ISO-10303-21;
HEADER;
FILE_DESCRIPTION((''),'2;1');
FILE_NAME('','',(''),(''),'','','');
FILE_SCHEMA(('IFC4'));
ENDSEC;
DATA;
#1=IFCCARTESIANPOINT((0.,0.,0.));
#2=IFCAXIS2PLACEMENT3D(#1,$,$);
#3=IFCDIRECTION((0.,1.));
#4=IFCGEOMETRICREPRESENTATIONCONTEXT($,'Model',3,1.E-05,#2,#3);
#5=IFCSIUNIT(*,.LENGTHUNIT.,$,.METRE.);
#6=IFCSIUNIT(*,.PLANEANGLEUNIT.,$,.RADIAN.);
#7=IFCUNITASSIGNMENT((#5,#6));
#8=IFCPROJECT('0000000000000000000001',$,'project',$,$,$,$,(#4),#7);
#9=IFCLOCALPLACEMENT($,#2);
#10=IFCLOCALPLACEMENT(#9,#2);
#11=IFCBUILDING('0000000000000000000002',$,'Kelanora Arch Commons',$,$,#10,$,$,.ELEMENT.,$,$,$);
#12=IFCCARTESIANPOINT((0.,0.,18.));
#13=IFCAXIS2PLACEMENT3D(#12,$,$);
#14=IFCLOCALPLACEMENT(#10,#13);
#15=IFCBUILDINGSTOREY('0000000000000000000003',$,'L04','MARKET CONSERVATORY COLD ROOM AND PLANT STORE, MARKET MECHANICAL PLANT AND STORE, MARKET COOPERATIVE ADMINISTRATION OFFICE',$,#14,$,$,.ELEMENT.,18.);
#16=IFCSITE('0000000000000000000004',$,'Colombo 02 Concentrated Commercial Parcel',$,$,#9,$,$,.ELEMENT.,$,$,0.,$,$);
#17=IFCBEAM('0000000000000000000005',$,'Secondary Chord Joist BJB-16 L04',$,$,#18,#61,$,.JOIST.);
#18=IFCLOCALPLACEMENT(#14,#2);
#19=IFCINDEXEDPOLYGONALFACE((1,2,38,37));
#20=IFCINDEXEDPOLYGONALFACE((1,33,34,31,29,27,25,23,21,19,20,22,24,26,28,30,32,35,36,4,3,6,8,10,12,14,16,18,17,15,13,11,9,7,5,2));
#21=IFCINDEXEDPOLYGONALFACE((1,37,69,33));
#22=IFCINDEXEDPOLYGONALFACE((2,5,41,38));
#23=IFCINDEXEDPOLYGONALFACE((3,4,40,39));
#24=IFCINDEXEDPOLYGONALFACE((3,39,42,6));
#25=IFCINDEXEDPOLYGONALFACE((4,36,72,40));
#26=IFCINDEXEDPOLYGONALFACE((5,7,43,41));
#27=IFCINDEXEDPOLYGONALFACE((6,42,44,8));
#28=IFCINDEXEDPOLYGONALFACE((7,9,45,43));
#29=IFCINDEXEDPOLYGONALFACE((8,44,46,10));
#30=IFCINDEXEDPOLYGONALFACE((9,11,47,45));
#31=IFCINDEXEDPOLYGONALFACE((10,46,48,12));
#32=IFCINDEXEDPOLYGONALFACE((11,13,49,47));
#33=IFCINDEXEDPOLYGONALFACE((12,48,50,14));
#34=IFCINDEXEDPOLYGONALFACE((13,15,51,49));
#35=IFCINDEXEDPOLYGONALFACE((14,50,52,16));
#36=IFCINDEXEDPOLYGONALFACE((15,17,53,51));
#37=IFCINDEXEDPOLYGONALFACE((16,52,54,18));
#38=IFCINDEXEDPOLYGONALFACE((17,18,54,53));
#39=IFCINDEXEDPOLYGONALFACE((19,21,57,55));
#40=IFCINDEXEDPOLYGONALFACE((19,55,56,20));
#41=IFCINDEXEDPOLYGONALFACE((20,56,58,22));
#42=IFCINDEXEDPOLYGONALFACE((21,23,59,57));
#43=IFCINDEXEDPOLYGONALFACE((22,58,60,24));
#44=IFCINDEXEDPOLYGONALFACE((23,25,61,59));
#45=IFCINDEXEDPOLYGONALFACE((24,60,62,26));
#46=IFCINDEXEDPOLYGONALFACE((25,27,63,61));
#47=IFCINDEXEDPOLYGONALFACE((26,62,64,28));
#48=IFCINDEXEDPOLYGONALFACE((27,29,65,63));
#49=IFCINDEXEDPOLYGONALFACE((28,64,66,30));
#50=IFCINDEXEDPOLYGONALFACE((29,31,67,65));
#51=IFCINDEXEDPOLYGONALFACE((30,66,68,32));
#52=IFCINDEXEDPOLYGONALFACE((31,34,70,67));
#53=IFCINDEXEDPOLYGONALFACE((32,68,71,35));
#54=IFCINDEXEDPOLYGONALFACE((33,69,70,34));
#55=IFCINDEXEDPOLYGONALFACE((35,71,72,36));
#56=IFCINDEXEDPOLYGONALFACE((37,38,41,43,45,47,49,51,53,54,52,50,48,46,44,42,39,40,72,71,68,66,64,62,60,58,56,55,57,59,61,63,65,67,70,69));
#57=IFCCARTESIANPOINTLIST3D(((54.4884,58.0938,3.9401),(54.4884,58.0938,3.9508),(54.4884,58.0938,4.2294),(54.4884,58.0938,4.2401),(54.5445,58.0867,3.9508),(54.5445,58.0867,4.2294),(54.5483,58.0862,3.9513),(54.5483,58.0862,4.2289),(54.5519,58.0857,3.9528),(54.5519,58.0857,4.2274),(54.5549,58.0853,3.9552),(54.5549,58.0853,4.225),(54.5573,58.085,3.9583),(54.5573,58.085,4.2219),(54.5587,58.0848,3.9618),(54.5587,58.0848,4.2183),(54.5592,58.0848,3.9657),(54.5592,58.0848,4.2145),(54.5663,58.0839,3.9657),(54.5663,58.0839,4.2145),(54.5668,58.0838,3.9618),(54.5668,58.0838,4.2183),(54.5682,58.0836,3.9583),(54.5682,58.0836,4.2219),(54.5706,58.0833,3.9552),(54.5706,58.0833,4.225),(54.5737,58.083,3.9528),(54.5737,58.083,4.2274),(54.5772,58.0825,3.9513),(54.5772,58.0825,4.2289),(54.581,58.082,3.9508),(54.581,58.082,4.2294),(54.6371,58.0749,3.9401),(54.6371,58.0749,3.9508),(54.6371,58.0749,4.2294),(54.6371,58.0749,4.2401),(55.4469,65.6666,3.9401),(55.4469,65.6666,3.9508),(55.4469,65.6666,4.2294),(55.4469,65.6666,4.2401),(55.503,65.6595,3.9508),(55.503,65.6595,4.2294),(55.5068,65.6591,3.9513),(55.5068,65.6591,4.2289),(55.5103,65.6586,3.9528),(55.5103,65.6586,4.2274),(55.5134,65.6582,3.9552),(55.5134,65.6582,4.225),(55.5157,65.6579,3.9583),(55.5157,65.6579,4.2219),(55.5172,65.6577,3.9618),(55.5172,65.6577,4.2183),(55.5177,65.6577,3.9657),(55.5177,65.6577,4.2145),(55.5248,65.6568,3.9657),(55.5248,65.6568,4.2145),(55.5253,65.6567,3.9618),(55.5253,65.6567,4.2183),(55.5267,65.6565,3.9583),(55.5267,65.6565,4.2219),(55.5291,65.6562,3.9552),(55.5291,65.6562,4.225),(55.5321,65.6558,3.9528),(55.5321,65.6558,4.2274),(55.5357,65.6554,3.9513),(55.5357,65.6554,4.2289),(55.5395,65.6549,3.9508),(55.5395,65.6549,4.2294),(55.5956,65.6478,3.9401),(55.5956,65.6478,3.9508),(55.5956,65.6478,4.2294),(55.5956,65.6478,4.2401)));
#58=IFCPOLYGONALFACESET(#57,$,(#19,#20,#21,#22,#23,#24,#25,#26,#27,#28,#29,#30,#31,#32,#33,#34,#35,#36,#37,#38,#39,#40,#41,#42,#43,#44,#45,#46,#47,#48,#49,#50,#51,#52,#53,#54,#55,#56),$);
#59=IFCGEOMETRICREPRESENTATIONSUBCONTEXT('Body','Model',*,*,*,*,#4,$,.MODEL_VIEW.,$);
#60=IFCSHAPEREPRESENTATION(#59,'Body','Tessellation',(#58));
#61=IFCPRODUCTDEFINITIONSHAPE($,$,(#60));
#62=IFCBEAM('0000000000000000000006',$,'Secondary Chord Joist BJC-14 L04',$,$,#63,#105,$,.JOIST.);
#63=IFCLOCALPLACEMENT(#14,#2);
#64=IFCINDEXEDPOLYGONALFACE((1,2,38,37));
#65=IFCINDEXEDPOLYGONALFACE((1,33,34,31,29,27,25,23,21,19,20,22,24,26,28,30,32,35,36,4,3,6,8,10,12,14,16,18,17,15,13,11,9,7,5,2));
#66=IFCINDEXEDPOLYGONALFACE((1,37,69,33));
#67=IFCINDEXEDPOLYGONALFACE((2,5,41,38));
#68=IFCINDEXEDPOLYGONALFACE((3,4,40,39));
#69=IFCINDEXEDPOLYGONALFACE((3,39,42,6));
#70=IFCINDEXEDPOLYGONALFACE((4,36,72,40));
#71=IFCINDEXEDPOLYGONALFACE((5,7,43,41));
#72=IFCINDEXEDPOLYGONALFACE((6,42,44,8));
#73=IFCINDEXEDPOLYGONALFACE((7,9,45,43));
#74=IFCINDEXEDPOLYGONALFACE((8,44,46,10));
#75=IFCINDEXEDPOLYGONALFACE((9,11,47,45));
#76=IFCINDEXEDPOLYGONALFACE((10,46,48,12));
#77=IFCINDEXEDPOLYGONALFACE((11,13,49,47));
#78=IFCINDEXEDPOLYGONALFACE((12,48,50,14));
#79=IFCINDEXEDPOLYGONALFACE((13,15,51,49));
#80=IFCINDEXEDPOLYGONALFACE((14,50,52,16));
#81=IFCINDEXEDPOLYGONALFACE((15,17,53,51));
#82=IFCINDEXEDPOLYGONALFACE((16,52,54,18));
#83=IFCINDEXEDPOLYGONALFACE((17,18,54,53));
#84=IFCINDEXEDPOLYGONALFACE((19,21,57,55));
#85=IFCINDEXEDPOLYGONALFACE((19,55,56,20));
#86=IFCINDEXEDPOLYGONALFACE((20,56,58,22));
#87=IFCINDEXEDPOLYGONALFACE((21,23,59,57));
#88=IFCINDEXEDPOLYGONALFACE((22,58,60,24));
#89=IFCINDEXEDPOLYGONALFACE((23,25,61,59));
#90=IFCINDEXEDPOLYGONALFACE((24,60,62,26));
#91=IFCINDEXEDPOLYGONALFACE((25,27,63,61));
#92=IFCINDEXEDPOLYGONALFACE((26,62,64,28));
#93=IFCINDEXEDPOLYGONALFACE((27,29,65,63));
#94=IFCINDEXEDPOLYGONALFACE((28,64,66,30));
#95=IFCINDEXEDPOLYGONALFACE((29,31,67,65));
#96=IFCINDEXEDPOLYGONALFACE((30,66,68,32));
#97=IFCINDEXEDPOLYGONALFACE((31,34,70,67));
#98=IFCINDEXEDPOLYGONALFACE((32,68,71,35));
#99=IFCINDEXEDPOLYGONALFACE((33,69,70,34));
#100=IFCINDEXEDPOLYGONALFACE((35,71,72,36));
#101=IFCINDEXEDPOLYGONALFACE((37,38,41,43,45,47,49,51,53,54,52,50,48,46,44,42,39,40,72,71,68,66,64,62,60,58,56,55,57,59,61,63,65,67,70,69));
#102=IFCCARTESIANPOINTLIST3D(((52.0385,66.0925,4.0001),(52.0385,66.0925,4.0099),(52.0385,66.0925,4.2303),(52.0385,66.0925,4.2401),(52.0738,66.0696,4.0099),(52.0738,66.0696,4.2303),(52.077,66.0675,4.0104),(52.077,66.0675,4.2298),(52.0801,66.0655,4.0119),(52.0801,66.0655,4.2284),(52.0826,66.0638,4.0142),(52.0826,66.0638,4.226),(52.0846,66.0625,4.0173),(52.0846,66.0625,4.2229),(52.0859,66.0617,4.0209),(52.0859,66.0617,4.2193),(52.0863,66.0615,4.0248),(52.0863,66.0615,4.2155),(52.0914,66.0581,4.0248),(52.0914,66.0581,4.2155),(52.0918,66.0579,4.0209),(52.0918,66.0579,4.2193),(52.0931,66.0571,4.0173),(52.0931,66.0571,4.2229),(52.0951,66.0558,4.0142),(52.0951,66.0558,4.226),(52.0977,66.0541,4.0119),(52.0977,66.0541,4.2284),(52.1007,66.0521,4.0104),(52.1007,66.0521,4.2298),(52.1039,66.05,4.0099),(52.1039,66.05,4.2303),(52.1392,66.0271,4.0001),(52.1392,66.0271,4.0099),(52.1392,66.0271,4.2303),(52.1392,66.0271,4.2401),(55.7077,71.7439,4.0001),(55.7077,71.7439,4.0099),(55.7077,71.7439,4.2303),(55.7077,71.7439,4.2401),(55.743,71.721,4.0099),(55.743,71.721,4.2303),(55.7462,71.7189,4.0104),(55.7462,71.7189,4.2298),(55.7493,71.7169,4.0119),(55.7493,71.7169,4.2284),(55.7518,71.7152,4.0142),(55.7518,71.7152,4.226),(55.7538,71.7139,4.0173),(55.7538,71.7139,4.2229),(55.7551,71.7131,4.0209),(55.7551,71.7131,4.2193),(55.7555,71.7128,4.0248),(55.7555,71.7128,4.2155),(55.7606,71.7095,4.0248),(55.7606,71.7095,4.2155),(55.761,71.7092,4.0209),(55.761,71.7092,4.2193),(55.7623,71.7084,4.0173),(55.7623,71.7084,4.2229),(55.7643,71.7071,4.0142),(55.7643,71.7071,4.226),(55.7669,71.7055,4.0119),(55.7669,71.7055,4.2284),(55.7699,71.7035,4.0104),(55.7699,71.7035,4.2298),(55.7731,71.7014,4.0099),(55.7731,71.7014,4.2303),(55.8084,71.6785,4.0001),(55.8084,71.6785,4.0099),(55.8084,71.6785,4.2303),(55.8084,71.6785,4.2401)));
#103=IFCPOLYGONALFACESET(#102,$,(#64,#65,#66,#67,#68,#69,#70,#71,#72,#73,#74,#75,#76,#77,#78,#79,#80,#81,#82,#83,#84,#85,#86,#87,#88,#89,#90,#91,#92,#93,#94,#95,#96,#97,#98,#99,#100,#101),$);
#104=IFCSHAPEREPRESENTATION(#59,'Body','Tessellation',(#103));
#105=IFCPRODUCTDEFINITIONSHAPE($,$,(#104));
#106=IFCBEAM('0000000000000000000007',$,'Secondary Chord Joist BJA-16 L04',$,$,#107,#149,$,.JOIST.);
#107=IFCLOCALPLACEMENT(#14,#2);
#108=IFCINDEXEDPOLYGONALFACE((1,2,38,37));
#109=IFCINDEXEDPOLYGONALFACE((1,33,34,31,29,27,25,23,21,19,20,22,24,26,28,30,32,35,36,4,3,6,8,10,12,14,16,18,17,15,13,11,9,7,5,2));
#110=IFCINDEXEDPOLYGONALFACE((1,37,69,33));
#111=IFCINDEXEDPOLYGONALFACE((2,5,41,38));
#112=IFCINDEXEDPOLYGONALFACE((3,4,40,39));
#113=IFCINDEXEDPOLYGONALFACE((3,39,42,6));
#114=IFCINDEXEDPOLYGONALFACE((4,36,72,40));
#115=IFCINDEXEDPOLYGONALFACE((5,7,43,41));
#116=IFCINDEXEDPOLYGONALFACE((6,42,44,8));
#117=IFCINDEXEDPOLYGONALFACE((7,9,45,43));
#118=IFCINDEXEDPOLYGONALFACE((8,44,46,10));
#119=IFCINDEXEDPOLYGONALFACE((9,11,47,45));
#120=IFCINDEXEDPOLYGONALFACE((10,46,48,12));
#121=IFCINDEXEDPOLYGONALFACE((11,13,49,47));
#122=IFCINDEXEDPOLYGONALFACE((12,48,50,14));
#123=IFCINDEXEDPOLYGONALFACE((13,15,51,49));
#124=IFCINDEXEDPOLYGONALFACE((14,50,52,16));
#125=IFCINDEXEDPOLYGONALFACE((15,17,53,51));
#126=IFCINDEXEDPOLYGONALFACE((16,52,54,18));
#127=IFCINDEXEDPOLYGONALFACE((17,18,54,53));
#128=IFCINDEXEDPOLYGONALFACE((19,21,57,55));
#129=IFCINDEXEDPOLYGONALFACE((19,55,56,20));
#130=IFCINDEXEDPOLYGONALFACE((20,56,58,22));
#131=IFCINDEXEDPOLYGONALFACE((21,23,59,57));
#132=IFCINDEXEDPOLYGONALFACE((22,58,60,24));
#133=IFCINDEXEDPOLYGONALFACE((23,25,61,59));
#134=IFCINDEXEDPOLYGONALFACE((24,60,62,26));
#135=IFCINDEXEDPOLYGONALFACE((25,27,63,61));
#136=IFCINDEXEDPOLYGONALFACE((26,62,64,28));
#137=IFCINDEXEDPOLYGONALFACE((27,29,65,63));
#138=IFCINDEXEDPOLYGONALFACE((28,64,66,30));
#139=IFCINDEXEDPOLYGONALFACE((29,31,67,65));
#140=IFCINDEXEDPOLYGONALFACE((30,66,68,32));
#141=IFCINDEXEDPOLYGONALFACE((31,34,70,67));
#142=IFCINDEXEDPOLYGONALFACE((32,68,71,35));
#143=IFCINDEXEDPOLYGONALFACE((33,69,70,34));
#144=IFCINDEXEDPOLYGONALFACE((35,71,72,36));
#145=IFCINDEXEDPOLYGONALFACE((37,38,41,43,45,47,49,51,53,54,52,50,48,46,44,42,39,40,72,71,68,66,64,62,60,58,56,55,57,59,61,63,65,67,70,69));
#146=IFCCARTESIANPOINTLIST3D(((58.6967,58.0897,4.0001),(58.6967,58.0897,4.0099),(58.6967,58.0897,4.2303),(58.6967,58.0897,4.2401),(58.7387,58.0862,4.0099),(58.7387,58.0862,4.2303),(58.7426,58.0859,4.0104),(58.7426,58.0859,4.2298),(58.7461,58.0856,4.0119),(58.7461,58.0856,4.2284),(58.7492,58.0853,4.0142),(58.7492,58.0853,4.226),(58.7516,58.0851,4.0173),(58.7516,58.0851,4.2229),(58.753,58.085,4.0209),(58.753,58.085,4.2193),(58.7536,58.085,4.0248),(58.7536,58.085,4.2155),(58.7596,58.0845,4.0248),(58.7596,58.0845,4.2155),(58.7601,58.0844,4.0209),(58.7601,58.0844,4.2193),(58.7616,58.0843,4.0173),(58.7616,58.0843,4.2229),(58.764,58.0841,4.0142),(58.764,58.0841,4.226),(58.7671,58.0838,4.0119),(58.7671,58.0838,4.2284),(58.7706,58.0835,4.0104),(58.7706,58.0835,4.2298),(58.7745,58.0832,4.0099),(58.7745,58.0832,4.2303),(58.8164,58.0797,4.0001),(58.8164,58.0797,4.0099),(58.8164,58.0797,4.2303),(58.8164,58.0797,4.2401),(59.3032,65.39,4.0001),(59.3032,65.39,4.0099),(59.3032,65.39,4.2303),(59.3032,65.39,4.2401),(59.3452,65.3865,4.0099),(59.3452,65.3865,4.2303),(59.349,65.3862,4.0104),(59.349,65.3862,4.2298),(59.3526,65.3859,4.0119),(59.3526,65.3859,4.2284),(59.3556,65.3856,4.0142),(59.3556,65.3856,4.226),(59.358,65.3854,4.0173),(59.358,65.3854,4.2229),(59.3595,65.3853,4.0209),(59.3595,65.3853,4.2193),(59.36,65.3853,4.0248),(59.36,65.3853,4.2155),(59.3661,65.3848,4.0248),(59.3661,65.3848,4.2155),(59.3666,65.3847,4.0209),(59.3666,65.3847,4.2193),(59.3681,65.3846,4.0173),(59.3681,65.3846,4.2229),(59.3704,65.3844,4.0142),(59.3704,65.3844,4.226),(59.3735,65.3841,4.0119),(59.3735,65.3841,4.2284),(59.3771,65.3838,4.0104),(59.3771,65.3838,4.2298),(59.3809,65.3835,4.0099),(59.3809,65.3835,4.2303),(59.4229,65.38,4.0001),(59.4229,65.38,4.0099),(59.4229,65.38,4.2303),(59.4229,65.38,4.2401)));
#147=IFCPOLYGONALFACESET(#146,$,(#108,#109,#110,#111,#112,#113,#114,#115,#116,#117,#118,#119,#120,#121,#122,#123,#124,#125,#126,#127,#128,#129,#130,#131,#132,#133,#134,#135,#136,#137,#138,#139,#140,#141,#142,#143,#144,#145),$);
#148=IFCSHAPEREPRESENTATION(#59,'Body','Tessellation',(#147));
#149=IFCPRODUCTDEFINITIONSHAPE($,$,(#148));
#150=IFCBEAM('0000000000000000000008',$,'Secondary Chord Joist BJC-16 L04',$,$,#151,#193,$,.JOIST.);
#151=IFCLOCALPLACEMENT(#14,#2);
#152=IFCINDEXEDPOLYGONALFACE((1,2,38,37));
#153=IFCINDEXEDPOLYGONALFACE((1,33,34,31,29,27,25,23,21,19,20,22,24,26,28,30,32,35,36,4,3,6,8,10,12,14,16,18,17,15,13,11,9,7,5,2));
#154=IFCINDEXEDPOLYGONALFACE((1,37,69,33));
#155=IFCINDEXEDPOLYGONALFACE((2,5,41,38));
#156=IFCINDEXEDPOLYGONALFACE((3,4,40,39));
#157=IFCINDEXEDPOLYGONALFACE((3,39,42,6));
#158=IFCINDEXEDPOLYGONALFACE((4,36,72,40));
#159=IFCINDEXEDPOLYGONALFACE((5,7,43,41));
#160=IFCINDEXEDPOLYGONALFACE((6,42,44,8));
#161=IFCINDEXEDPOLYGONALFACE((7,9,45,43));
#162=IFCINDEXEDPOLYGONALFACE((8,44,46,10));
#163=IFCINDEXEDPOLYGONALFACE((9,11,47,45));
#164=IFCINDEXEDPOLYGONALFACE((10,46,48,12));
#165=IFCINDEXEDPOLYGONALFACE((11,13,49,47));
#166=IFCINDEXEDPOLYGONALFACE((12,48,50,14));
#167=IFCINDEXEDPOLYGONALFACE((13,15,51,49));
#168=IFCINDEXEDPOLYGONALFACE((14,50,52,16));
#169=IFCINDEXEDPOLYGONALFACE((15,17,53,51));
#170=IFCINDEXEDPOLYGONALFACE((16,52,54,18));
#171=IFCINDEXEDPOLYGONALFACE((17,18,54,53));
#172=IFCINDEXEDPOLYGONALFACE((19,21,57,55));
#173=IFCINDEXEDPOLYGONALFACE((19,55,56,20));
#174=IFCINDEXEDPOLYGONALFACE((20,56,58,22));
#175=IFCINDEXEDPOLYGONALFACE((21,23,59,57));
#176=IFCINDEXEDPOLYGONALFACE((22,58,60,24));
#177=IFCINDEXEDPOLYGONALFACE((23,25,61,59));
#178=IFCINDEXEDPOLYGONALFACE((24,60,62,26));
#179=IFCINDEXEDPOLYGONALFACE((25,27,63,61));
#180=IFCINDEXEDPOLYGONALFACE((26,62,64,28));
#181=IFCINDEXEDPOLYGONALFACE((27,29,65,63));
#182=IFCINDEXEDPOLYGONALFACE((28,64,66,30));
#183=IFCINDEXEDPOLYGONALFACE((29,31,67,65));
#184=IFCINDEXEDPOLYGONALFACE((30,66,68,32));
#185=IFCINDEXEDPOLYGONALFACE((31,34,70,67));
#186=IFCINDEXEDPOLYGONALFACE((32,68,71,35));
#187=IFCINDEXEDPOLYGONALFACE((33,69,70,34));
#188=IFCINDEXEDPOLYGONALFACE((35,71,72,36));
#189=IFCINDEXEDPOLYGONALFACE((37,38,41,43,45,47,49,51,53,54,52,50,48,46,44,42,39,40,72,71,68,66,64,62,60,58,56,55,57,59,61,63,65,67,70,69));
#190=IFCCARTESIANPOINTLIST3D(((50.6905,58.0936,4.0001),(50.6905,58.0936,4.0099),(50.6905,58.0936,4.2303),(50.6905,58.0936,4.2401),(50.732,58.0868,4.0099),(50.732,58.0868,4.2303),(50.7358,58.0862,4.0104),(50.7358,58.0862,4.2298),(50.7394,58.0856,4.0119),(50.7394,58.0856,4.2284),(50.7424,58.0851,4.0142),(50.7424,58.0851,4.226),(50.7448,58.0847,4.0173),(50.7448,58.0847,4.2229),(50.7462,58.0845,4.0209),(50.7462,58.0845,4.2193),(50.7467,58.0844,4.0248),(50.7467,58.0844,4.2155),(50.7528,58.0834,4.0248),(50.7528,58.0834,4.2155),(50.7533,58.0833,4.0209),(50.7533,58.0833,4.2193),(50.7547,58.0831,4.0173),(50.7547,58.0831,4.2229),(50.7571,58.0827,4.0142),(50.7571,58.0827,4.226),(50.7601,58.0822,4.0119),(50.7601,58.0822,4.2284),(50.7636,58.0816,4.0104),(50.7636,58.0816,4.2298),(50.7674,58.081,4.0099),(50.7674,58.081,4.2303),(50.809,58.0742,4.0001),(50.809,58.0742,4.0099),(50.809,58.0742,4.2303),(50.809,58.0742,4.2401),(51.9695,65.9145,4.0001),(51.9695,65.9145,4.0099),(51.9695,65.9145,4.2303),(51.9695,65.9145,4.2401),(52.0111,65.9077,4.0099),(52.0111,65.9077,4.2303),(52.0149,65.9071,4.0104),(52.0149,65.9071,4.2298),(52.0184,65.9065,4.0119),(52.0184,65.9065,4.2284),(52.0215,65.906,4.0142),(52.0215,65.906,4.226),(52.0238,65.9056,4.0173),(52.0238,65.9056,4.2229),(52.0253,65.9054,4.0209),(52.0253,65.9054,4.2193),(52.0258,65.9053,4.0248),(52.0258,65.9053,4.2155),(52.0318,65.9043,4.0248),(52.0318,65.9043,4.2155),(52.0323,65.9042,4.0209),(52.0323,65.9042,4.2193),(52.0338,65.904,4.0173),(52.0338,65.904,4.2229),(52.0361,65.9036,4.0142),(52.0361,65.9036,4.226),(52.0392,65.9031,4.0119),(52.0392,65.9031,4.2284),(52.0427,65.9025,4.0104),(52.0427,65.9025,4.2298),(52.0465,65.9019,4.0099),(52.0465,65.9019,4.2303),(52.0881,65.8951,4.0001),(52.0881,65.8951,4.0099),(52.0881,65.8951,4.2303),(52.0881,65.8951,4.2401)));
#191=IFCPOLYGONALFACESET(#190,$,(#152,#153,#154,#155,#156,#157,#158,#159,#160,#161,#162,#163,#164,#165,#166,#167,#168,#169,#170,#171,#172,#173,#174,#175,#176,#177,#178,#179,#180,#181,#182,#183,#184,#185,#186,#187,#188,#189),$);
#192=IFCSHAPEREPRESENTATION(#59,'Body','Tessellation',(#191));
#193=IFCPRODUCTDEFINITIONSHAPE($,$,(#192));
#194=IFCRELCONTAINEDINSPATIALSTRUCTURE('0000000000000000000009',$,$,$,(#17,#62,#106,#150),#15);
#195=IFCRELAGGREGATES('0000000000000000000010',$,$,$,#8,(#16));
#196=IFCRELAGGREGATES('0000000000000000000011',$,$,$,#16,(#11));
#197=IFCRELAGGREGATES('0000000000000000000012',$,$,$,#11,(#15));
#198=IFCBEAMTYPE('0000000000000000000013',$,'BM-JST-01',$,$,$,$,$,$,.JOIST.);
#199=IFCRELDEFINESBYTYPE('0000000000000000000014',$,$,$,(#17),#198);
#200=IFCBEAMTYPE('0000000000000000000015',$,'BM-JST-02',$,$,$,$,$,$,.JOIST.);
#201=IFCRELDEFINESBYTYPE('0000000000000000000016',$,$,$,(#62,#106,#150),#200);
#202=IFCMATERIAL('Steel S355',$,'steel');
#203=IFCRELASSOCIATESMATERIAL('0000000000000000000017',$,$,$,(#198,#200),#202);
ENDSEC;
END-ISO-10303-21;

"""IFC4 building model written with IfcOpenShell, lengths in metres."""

from ifc_helpers import new_model, si_unit, direction, frame, origin, origin_2d, place, context, subcontext, project, spatial, i_section, extrude, material, material_profile, profile_set, type_object, element, save


model = new_model("IFC4")

# Units and contexts
model_context = context("Model", 3, precision=1e-05, world=origin(), true_north=direction((0.0, 1.0)))
body_context = subcontext(model_context, "Body", "Model", "MODEL_VIEW")
ifc_project = project(units=[si_unit("LENGTHUNIT", "METRE"), si_unit("PLANEANGLEUNIT", "RADIAN")], contexts=[model_context])

# Site, building, storey
site_placement = place(None, origin())
site = spatial("IfcSite", under=ifc_project, at=site_placement, Name="Colombo 02 Concentrated Commercial Parcel", CompositionType="ELEMENT", RefElevation=0.0)
building_placement = place(site_placement, origin())
building = spatial("IfcBuilding", under=site, at=building_placement, Name="Kelanora Arch Commons", CompositionType="ELEMENT")
storey_placement = place(building_placement, frame((0.0, 0.0, 18.0)))
storey = spatial("IfcBuildingStorey", under=building, at=storey_placement, Name="L04", Description="MARKET CONSERVATORY COLD ROOM AND PLANT STORE, MARKET MECHANICAL PLANT AND STORE, MARKET COOPERATIVE ADMINISTRATION OFFICE", CompositionType="ELEMENT", Elevation=18.0)

# Beams
ifc_material_1 = material(Name="Steel S355", Category="steel")
ifc_material_profile_1 = material_profile(ifc_material_1, i_section(OverallWidth=0.1499, OverallDepth=0.3, WebThickness=0.0071, FlangeThickness=0.0107, FilletRadius=0.0149, at=origin_2d()), Name="IPE300")
ifc_profile_set_1 = profile_set([ifc_material_profile_1], Name="Steel S355")
beam_type_1 = type_object("IfcBeamType", Name="BM-JST-01", PredefinedType="JOIST", material=ifc_profile_set_1)
beam_1_placement = place(storey_placement, frame((55.5212, 65.6572, 4.0901), z_axis=(-0.125566, -0.992085, 0.0), x_axis=(0.992085, -0.125566, 0.0)))
element("IfcBeam", 1, at=beam_1_placement, inside=storey, type_object=beam_type_1, Name="Secondary Chord Joist BJB-16 L04", PredefinedType="JOIST", context=body_context, shape_type="SweptSolid", body=[
    extrude(i_section(OverallWidth=0.1499, OverallDepth=0.3, WebThickness=0.0071, FlangeThickness=0.0107, FilletRadius=0.0149, at=origin_2d()), origin(), (0.0, 0.0, 1.0), 7.6333),
])
ifc_material_profile_2 = material_profile(ifc_material_1, i_section(OverallWidth=0.1201, OverallDepth=0.24, WebThickness=0.0061, FlangeThickness=0.0098, FilletRadius=0.0149, at=origin_2d()), Name="IPE240")
ifc_profile_set_2 = profile_set([ifc_material_profile_2], Name="Steel S355")
beam_type_2 = type_object("IfcBeamType", Name="BM-JST-02", PredefinedType="JOIST", material=ifc_profile_set_2)
beam_2_placement = place(storey_placement, frame((55.7581, 71.7112, 4.1201), z_axis=(-0.54455, -0.838728, 0.0), x_axis=(0.838728, -0.54455, 0.0)))
element("IfcBeam", 2, at=beam_2_placement, inside=storey, type_object=beam_type_2, Name="Secondary Chord Joist BJC-14 L04", PredefinedType="JOIST", context=body_context, shape_type="SweptSolid", body=[
    extrude(i_section(OverallWidth=0.1201, OverallDepth=0.24, WebThickness=0.0061, FlangeThickness=0.0098, FilletRadius=0.0149, at=origin_2d()), origin(), (0.0, 0.0, 1.0), 6.738),
])
beam_3_placement = place(storey_placement, frame((59.363, 65.385, 4.1201), z_axis=(-0.082786, -0.996567, 0.0), x_axis=(0.996567, -0.082786, 0.0)))
element("IfcBeam", 3, at=beam_3_placement, inside=storey, type_object=beam_type_2, Name="Secondary Chord Joist BJA-16 L04", PredefinedType="JOIST", context=body_context, shape_type="SweptSolid", body=[
    extrude(i_section(OverallWidth=0.1201, OverallDepth=0.24, WebThickness=0.0061, FlangeThickness=0.0098, FilletRadius=0.0149, at=origin_2d()), origin(), (0.0, 0.0, 1.0), 7.3254),
])
beam_4_placement = place(storey_placement, frame((52.0288, 65.9048, 4.1201), z_axis=(-0.161401, -0.986889, 0.0), x_axis=(0.986889, -0.161401, 0.0)))
element("IfcBeam", 4, at=beam_4_placement, inside=storey, type_object=beam_type_2, Name="Secondary Chord Joist BJC-16 L04", PredefinedType="JOIST", context=body_context, shape_type="SweptSolid", body=[
    extrude(i_section(OverallWidth=0.1201, OverallDepth=0.24, WebThickness=0.0061, FlangeThickness=0.0098, FilletRadius=0.0149, at=origin_2d()), origin(), (0.0, 0.0, 1.0), 7.9248),
])

save(model, "model.ifc")
